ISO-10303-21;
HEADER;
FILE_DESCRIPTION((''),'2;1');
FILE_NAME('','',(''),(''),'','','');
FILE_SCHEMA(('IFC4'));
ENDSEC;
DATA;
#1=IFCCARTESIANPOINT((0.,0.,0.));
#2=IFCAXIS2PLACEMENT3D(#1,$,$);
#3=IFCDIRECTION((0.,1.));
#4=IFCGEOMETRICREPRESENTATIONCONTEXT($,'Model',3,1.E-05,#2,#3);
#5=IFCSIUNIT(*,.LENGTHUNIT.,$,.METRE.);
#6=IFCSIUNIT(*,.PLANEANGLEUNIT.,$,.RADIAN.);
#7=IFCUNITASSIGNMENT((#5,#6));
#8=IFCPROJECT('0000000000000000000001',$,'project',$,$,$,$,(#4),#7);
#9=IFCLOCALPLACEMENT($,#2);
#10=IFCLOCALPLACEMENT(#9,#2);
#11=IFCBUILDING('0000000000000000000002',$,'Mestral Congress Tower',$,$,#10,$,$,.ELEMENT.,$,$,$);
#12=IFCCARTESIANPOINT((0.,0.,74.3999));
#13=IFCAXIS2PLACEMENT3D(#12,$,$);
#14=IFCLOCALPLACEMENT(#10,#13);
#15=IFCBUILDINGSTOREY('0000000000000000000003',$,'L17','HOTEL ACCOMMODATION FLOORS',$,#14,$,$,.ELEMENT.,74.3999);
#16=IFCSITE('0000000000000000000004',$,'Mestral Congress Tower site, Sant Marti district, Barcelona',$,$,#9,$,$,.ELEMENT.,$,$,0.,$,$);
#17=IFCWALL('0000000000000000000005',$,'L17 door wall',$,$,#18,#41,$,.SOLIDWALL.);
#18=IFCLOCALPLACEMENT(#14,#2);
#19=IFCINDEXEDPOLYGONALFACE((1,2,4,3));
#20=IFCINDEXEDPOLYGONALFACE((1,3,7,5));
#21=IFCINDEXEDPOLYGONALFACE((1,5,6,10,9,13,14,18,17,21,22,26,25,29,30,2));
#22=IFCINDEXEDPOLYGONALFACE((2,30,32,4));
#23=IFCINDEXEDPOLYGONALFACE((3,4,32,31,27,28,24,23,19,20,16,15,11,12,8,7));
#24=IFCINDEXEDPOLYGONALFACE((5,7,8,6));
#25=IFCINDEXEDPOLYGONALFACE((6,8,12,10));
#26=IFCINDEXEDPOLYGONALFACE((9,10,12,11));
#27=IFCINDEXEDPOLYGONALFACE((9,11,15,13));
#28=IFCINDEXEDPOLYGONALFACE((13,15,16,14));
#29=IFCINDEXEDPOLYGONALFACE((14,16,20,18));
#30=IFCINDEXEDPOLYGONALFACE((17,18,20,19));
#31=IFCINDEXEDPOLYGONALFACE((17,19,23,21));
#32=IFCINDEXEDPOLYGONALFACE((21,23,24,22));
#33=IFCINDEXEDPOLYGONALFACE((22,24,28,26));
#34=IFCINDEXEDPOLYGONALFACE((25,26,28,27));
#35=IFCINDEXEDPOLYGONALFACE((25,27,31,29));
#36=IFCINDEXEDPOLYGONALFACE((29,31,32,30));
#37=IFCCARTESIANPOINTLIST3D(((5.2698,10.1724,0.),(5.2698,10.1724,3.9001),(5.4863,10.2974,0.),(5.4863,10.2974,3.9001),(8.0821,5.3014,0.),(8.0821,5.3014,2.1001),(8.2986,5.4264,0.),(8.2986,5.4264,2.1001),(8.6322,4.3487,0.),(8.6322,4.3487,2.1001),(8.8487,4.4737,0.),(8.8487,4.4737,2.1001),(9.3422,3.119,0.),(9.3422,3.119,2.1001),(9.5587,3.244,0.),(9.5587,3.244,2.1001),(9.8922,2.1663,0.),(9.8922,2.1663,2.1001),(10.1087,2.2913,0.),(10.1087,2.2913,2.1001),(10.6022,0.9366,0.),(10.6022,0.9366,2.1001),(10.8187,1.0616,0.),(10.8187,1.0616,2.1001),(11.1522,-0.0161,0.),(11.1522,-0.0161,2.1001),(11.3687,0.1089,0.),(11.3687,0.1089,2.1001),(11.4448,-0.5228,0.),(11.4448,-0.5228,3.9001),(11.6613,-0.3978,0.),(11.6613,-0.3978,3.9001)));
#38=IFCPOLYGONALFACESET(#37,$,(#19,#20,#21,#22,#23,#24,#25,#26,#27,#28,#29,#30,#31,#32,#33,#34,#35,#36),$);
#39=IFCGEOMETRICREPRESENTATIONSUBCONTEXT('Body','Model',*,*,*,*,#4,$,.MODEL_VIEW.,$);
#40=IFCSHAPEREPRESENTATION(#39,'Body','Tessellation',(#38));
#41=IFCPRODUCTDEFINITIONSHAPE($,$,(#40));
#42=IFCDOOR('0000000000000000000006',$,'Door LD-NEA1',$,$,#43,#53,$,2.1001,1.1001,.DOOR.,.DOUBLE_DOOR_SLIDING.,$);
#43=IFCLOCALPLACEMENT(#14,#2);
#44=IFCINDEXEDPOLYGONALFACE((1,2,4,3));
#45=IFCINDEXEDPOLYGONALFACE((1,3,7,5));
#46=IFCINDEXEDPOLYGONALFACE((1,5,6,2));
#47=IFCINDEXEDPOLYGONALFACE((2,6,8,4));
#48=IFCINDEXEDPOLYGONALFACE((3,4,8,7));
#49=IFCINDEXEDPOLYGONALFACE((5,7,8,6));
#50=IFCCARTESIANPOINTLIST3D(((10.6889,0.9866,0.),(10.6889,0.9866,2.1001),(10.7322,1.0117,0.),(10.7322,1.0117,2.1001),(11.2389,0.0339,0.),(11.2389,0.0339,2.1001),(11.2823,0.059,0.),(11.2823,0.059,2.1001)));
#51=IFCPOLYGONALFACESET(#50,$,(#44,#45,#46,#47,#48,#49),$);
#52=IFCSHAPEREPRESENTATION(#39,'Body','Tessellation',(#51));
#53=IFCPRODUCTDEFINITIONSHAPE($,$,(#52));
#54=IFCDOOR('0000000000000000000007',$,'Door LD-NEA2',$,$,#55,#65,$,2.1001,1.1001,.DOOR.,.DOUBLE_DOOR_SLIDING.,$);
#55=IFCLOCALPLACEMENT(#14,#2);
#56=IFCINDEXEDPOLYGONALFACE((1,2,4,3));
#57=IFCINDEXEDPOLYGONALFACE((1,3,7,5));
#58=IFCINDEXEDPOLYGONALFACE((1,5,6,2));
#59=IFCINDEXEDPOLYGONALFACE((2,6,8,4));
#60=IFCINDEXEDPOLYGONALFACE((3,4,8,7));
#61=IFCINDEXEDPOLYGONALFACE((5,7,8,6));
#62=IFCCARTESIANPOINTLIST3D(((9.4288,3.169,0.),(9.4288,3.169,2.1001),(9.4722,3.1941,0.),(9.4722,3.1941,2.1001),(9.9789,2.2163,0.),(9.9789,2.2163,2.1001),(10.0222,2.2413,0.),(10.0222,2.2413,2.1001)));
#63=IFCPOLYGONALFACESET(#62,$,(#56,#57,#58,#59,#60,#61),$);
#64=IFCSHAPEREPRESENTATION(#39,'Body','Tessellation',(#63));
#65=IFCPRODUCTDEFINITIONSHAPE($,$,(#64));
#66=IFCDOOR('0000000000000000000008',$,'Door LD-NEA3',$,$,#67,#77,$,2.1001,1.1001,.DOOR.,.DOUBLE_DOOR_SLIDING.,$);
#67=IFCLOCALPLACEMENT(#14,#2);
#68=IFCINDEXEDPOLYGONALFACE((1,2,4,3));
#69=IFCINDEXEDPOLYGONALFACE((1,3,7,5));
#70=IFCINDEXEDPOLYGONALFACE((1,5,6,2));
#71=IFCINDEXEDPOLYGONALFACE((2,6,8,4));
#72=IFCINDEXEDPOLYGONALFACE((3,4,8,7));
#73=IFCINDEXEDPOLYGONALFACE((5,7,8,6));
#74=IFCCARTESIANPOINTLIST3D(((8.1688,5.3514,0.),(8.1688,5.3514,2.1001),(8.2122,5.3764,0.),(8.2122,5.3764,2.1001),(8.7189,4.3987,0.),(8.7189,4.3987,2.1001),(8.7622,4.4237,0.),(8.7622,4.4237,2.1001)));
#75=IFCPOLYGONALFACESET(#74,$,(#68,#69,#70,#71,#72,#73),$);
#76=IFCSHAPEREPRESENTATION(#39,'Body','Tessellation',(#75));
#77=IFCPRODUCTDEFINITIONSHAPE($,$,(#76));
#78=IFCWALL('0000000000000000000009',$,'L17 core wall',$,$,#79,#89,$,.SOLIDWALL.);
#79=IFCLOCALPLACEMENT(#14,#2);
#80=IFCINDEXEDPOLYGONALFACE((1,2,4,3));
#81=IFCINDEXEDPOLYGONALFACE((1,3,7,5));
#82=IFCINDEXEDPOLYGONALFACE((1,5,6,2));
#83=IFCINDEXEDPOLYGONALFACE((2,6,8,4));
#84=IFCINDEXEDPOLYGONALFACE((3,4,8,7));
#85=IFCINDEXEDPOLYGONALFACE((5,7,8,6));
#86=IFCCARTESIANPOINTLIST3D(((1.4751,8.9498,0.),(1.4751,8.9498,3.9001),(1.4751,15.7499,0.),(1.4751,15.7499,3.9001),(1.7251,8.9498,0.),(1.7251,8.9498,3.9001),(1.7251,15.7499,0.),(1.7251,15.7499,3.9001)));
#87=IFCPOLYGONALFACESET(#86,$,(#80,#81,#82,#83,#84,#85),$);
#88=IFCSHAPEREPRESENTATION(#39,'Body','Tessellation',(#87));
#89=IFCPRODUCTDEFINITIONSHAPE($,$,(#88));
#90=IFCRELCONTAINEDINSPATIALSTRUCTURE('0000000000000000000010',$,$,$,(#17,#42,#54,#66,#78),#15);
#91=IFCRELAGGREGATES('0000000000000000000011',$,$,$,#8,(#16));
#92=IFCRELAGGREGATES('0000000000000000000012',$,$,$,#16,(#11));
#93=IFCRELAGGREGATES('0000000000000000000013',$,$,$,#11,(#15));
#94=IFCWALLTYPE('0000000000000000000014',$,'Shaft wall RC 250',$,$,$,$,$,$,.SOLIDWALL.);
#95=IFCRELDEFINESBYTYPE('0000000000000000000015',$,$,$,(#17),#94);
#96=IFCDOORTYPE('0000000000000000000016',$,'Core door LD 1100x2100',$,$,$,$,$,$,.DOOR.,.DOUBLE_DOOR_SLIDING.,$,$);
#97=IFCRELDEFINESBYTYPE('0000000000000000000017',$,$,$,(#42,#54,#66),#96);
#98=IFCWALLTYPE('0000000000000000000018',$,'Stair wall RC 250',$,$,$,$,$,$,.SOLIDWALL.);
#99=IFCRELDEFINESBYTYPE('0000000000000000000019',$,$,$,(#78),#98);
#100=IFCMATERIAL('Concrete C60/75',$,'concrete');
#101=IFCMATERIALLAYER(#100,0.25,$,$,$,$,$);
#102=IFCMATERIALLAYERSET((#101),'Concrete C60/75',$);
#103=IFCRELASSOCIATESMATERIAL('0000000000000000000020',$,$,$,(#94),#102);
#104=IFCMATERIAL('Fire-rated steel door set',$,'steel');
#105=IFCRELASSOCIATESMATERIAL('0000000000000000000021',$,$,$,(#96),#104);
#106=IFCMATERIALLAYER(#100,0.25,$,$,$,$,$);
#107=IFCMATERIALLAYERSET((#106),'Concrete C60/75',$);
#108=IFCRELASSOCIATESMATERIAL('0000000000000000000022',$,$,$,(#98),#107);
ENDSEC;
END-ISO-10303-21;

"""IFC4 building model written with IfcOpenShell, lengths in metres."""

from ifc_helpers import new_model, si_unit, direction, frame, frame_2d, origin, place, context, subcontext, project, spatial, rectangle, extrude, material, layer, layer_set, type_object, element, fill, save


model = new_model("IFC4")

# Units and contexts
model_context = context("Model", 3, precision=1e-05, world=origin(), true_north=direction((0.0, 1.0)))
body_context = subcontext(model_context, "Body", "Model", "MODEL_VIEW")
ifc_project = project(units=[si_unit("LENGTHUNIT", "METRE"), si_unit("PLANEANGLEUNIT", "RADIAN")], contexts=[model_context])

# Site, building, storey
site_placement = place(None, origin())
site = spatial("IfcSite", under=ifc_project, at=site_placement, Name="Mestral Congress Tower site, Sant Marti district, Barcelona", CompositionType="ELEMENT", RefElevation=0.0)
building_placement = place(site_placement, origin())
building = spatial("IfcBuilding", under=site, at=building_placement, Name="Mestral Congress Tower", CompositionType="ELEMENT")
storey_placement = place(building_placement, frame((0.0, 0.0, 74.3999)))
storey = spatial("IfcBuildingStorey", under=building, at=storey_placement, Name="L17", Description="HOTEL ACCOMMODATION FLOORS", CompositionType="ELEMENT", Elevation=74.3999)

# Shared definitions
ifc_material_1 = material(Name="Fire-rated steel door set", Category="steel")

# Shared definitions
ifc_material_2 = material(Name="Concrete C60/75", Category="concrete")
ifc_layer_1 = layer(ifc_material_2, 0.25)
ifc_layer_set_1 = layer_set([ifc_layer_1], Name="Concrete C60/75")
wall_type_1 = type_object("IfcWallType", Name="Shaft wall RC 250", PredefinedType="SOLIDWALL", material=ifc_layer_set_1)

# Wall, openings, doors
wall_1_placement = place(storey_placement, frame((11.553, -0.4602, 0.0), z_axis=(0.0, 0.0, 1.0), x_axis=(-0.500007, 0.866022, 0.0)))
wall_1 = element("IfcWall", 1, at=wall_1_placement, inside=storey, type_object=wall_type_1, Name="L17 door wall", PredefinedType="SOLIDWALL", context=body_context, shape_type="SweptSolid", body=[
    extrude(rectangle(XDim=12.3499, YDim=0.25, at=frame_2d((6.1748, 0.0))), origin(), (0.0, 0.0, 1.0), 3.9001),
])
opening_1_placement = place(wall_1_placement, frame((0.585, 0.0, 0.0)))
opening_1 = element("IfcOpeningElement", 2, at=opening_1_placement, cuts=wall_1, PredefinedType="OPENING", context=body_context, shape_type="SweptSolid", body=[
    extrude(rectangle(XDim=1.1001, YDim=2.1001, at=frame_2d((0.55, 1.05))), frame((0.0, 0.135, 0.0), z_axis=(0.0, -1.0, 0.0), x_axis=(1.0, 0.0, 0.0)), (0.0, 0.0, 1.0), 0.27),
])
opening_2_placement = place(wall_1_placement, frame((3.105, 0.0, 0.0)))
opening_2 = element("IfcOpeningElement", 3, at=opening_2_placement, cuts=wall_1, PredefinedType="OPENING", context=body_context, shape_type="SweptSolid", body=[
    extrude(rectangle(XDim=1.1001, YDim=2.1001, at=frame_2d((0.55, 1.05))), frame((0.0, 0.135, 0.0), z_axis=(0.0, -1.0, 0.0), x_axis=(1.0, 0.0, 0.0)), (0.0, 0.0, 1.0), 0.27),
])
opening_3_placement = place(wall_1_placement, frame((5.625, 0.0, 0.0)))
opening_3 = element("IfcOpeningElement", 4, at=opening_3_placement, cuts=wall_1, PredefinedType="OPENING", context=body_context, shape_type="SweptSolid", body=[
    extrude(rectangle(XDim=1.1001, YDim=2.1001, at=frame_2d((0.55, 1.05))), frame((0.0, 0.135, 0.0), z_axis=(0.0, -1.0, 0.0), x_axis=(1.0, 0.0, 0.0)), (0.0, 0.0, 1.0), 0.27),
])
door_type_1 = type_object("IfcDoorType", Name="Core door LD 1100x2100", OperationType="DOUBLE_DOOR_SLIDING", PredefinedType="DOOR", material=ifc_material_1)
door_1_placement = place(opening_1_placement, origin())
door_1 = element("IfcDoor", 5, at=door_1_placement, inside=storey, type_object=door_type_1, Name="Door LD-NEA1", OperationType="DOUBLE_DOOR_SLIDING", OverallHeight=2.1001, OverallWidth=1.1001, PredefinedType="DOOR", context=body_context, shape_type="SweptSolid", body=[
    extrude(rectangle(XDim=1.1001, YDim=2.1001, at=frame_2d((0.55, 1.05))), frame((0.0, 0.0249, 0.0), z_axis=(0.0, -1.0, 0.0), x_axis=(1.0, 0.0, 0.0)), (0.0, 0.0, 1.0), 0.05),
])
fill(opening_1, door_1)
door_2_placement = place(opening_2_placement, origin())
door_2 = element("IfcDoor", 6, at=door_2_placement, inside=storey, type_object=door_type_1, Name="Door LD-NEA2", OperationType="DOUBLE_DOOR_SLIDING", OverallHeight=2.1001, OverallWidth=1.1001, PredefinedType="DOOR", context=body_context, shape_type="SweptSolid", body=[
    extrude(rectangle(XDim=1.1001, YDim=2.1001, at=frame_2d((0.55, 1.05))), frame((0.0, 0.0249, 0.0), z_axis=(0.0, -1.0, 0.0), x_axis=(1.0, 0.0, 0.0)), (0.0, 0.0, 1.0), 0.05),
])
fill(opening_2, door_2)
door_3_placement = place(opening_3_placement, origin())
door_3 = element("IfcDoor", 7, at=door_3_placement, inside=storey, type_object=door_type_1, Name="Door LD-NEA3", OperationType="DOUBLE_DOOR_SLIDING", OverallHeight=2.1001, OverallWidth=1.1001, PredefinedType="DOOR", context=body_context, shape_type="SweptSolid", body=[
    extrude(rectangle(XDim=1.1001, YDim=2.1001, at=frame_2d((0.55, 1.05))), frame((0.0, 0.0249, 0.0), z_axis=(0.0, -1.0, 0.0), x_axis=(1.0, 0.0, 0.0)), (0.0, 0.0, 1.0), 0.05),
])
fill(opening_3, door_3)

# Wall
ifc_layer_2 = layer(ifc_material_2, 0.25)
ifc_layer_set_2 = layer_set([ifc_layer_2], Name="Concrete C60/75")
wall_type_2 = type_object("IfcWallType", Name="Stair wall RC 250", PredefinedType="SOLIDWALL", material=ifc_layer_set_2)
wall_2_placement = place(storey_placement, frame((1.6001, 8.95, 0.0), z_axis=(0.0, 0.0, 1.0), x_axis=(0.0, 1.0, 0.0)))
element("IfcWall", 8, at=wall_2_placement, inside=storey, type_object=wall_type_2, Name="L17 core wall", PredefinedType="SOLIDWALL", context=body_context, shape_type="SweptSolid", body=[
    extrude(rectangle(XDim=6.8, YDim=0.25, at=frame_2d((3.3999, 0.0))), origin(), (0.0, 0.0, 1.0), 3.9001),
])

save(model, "model.ifc")
